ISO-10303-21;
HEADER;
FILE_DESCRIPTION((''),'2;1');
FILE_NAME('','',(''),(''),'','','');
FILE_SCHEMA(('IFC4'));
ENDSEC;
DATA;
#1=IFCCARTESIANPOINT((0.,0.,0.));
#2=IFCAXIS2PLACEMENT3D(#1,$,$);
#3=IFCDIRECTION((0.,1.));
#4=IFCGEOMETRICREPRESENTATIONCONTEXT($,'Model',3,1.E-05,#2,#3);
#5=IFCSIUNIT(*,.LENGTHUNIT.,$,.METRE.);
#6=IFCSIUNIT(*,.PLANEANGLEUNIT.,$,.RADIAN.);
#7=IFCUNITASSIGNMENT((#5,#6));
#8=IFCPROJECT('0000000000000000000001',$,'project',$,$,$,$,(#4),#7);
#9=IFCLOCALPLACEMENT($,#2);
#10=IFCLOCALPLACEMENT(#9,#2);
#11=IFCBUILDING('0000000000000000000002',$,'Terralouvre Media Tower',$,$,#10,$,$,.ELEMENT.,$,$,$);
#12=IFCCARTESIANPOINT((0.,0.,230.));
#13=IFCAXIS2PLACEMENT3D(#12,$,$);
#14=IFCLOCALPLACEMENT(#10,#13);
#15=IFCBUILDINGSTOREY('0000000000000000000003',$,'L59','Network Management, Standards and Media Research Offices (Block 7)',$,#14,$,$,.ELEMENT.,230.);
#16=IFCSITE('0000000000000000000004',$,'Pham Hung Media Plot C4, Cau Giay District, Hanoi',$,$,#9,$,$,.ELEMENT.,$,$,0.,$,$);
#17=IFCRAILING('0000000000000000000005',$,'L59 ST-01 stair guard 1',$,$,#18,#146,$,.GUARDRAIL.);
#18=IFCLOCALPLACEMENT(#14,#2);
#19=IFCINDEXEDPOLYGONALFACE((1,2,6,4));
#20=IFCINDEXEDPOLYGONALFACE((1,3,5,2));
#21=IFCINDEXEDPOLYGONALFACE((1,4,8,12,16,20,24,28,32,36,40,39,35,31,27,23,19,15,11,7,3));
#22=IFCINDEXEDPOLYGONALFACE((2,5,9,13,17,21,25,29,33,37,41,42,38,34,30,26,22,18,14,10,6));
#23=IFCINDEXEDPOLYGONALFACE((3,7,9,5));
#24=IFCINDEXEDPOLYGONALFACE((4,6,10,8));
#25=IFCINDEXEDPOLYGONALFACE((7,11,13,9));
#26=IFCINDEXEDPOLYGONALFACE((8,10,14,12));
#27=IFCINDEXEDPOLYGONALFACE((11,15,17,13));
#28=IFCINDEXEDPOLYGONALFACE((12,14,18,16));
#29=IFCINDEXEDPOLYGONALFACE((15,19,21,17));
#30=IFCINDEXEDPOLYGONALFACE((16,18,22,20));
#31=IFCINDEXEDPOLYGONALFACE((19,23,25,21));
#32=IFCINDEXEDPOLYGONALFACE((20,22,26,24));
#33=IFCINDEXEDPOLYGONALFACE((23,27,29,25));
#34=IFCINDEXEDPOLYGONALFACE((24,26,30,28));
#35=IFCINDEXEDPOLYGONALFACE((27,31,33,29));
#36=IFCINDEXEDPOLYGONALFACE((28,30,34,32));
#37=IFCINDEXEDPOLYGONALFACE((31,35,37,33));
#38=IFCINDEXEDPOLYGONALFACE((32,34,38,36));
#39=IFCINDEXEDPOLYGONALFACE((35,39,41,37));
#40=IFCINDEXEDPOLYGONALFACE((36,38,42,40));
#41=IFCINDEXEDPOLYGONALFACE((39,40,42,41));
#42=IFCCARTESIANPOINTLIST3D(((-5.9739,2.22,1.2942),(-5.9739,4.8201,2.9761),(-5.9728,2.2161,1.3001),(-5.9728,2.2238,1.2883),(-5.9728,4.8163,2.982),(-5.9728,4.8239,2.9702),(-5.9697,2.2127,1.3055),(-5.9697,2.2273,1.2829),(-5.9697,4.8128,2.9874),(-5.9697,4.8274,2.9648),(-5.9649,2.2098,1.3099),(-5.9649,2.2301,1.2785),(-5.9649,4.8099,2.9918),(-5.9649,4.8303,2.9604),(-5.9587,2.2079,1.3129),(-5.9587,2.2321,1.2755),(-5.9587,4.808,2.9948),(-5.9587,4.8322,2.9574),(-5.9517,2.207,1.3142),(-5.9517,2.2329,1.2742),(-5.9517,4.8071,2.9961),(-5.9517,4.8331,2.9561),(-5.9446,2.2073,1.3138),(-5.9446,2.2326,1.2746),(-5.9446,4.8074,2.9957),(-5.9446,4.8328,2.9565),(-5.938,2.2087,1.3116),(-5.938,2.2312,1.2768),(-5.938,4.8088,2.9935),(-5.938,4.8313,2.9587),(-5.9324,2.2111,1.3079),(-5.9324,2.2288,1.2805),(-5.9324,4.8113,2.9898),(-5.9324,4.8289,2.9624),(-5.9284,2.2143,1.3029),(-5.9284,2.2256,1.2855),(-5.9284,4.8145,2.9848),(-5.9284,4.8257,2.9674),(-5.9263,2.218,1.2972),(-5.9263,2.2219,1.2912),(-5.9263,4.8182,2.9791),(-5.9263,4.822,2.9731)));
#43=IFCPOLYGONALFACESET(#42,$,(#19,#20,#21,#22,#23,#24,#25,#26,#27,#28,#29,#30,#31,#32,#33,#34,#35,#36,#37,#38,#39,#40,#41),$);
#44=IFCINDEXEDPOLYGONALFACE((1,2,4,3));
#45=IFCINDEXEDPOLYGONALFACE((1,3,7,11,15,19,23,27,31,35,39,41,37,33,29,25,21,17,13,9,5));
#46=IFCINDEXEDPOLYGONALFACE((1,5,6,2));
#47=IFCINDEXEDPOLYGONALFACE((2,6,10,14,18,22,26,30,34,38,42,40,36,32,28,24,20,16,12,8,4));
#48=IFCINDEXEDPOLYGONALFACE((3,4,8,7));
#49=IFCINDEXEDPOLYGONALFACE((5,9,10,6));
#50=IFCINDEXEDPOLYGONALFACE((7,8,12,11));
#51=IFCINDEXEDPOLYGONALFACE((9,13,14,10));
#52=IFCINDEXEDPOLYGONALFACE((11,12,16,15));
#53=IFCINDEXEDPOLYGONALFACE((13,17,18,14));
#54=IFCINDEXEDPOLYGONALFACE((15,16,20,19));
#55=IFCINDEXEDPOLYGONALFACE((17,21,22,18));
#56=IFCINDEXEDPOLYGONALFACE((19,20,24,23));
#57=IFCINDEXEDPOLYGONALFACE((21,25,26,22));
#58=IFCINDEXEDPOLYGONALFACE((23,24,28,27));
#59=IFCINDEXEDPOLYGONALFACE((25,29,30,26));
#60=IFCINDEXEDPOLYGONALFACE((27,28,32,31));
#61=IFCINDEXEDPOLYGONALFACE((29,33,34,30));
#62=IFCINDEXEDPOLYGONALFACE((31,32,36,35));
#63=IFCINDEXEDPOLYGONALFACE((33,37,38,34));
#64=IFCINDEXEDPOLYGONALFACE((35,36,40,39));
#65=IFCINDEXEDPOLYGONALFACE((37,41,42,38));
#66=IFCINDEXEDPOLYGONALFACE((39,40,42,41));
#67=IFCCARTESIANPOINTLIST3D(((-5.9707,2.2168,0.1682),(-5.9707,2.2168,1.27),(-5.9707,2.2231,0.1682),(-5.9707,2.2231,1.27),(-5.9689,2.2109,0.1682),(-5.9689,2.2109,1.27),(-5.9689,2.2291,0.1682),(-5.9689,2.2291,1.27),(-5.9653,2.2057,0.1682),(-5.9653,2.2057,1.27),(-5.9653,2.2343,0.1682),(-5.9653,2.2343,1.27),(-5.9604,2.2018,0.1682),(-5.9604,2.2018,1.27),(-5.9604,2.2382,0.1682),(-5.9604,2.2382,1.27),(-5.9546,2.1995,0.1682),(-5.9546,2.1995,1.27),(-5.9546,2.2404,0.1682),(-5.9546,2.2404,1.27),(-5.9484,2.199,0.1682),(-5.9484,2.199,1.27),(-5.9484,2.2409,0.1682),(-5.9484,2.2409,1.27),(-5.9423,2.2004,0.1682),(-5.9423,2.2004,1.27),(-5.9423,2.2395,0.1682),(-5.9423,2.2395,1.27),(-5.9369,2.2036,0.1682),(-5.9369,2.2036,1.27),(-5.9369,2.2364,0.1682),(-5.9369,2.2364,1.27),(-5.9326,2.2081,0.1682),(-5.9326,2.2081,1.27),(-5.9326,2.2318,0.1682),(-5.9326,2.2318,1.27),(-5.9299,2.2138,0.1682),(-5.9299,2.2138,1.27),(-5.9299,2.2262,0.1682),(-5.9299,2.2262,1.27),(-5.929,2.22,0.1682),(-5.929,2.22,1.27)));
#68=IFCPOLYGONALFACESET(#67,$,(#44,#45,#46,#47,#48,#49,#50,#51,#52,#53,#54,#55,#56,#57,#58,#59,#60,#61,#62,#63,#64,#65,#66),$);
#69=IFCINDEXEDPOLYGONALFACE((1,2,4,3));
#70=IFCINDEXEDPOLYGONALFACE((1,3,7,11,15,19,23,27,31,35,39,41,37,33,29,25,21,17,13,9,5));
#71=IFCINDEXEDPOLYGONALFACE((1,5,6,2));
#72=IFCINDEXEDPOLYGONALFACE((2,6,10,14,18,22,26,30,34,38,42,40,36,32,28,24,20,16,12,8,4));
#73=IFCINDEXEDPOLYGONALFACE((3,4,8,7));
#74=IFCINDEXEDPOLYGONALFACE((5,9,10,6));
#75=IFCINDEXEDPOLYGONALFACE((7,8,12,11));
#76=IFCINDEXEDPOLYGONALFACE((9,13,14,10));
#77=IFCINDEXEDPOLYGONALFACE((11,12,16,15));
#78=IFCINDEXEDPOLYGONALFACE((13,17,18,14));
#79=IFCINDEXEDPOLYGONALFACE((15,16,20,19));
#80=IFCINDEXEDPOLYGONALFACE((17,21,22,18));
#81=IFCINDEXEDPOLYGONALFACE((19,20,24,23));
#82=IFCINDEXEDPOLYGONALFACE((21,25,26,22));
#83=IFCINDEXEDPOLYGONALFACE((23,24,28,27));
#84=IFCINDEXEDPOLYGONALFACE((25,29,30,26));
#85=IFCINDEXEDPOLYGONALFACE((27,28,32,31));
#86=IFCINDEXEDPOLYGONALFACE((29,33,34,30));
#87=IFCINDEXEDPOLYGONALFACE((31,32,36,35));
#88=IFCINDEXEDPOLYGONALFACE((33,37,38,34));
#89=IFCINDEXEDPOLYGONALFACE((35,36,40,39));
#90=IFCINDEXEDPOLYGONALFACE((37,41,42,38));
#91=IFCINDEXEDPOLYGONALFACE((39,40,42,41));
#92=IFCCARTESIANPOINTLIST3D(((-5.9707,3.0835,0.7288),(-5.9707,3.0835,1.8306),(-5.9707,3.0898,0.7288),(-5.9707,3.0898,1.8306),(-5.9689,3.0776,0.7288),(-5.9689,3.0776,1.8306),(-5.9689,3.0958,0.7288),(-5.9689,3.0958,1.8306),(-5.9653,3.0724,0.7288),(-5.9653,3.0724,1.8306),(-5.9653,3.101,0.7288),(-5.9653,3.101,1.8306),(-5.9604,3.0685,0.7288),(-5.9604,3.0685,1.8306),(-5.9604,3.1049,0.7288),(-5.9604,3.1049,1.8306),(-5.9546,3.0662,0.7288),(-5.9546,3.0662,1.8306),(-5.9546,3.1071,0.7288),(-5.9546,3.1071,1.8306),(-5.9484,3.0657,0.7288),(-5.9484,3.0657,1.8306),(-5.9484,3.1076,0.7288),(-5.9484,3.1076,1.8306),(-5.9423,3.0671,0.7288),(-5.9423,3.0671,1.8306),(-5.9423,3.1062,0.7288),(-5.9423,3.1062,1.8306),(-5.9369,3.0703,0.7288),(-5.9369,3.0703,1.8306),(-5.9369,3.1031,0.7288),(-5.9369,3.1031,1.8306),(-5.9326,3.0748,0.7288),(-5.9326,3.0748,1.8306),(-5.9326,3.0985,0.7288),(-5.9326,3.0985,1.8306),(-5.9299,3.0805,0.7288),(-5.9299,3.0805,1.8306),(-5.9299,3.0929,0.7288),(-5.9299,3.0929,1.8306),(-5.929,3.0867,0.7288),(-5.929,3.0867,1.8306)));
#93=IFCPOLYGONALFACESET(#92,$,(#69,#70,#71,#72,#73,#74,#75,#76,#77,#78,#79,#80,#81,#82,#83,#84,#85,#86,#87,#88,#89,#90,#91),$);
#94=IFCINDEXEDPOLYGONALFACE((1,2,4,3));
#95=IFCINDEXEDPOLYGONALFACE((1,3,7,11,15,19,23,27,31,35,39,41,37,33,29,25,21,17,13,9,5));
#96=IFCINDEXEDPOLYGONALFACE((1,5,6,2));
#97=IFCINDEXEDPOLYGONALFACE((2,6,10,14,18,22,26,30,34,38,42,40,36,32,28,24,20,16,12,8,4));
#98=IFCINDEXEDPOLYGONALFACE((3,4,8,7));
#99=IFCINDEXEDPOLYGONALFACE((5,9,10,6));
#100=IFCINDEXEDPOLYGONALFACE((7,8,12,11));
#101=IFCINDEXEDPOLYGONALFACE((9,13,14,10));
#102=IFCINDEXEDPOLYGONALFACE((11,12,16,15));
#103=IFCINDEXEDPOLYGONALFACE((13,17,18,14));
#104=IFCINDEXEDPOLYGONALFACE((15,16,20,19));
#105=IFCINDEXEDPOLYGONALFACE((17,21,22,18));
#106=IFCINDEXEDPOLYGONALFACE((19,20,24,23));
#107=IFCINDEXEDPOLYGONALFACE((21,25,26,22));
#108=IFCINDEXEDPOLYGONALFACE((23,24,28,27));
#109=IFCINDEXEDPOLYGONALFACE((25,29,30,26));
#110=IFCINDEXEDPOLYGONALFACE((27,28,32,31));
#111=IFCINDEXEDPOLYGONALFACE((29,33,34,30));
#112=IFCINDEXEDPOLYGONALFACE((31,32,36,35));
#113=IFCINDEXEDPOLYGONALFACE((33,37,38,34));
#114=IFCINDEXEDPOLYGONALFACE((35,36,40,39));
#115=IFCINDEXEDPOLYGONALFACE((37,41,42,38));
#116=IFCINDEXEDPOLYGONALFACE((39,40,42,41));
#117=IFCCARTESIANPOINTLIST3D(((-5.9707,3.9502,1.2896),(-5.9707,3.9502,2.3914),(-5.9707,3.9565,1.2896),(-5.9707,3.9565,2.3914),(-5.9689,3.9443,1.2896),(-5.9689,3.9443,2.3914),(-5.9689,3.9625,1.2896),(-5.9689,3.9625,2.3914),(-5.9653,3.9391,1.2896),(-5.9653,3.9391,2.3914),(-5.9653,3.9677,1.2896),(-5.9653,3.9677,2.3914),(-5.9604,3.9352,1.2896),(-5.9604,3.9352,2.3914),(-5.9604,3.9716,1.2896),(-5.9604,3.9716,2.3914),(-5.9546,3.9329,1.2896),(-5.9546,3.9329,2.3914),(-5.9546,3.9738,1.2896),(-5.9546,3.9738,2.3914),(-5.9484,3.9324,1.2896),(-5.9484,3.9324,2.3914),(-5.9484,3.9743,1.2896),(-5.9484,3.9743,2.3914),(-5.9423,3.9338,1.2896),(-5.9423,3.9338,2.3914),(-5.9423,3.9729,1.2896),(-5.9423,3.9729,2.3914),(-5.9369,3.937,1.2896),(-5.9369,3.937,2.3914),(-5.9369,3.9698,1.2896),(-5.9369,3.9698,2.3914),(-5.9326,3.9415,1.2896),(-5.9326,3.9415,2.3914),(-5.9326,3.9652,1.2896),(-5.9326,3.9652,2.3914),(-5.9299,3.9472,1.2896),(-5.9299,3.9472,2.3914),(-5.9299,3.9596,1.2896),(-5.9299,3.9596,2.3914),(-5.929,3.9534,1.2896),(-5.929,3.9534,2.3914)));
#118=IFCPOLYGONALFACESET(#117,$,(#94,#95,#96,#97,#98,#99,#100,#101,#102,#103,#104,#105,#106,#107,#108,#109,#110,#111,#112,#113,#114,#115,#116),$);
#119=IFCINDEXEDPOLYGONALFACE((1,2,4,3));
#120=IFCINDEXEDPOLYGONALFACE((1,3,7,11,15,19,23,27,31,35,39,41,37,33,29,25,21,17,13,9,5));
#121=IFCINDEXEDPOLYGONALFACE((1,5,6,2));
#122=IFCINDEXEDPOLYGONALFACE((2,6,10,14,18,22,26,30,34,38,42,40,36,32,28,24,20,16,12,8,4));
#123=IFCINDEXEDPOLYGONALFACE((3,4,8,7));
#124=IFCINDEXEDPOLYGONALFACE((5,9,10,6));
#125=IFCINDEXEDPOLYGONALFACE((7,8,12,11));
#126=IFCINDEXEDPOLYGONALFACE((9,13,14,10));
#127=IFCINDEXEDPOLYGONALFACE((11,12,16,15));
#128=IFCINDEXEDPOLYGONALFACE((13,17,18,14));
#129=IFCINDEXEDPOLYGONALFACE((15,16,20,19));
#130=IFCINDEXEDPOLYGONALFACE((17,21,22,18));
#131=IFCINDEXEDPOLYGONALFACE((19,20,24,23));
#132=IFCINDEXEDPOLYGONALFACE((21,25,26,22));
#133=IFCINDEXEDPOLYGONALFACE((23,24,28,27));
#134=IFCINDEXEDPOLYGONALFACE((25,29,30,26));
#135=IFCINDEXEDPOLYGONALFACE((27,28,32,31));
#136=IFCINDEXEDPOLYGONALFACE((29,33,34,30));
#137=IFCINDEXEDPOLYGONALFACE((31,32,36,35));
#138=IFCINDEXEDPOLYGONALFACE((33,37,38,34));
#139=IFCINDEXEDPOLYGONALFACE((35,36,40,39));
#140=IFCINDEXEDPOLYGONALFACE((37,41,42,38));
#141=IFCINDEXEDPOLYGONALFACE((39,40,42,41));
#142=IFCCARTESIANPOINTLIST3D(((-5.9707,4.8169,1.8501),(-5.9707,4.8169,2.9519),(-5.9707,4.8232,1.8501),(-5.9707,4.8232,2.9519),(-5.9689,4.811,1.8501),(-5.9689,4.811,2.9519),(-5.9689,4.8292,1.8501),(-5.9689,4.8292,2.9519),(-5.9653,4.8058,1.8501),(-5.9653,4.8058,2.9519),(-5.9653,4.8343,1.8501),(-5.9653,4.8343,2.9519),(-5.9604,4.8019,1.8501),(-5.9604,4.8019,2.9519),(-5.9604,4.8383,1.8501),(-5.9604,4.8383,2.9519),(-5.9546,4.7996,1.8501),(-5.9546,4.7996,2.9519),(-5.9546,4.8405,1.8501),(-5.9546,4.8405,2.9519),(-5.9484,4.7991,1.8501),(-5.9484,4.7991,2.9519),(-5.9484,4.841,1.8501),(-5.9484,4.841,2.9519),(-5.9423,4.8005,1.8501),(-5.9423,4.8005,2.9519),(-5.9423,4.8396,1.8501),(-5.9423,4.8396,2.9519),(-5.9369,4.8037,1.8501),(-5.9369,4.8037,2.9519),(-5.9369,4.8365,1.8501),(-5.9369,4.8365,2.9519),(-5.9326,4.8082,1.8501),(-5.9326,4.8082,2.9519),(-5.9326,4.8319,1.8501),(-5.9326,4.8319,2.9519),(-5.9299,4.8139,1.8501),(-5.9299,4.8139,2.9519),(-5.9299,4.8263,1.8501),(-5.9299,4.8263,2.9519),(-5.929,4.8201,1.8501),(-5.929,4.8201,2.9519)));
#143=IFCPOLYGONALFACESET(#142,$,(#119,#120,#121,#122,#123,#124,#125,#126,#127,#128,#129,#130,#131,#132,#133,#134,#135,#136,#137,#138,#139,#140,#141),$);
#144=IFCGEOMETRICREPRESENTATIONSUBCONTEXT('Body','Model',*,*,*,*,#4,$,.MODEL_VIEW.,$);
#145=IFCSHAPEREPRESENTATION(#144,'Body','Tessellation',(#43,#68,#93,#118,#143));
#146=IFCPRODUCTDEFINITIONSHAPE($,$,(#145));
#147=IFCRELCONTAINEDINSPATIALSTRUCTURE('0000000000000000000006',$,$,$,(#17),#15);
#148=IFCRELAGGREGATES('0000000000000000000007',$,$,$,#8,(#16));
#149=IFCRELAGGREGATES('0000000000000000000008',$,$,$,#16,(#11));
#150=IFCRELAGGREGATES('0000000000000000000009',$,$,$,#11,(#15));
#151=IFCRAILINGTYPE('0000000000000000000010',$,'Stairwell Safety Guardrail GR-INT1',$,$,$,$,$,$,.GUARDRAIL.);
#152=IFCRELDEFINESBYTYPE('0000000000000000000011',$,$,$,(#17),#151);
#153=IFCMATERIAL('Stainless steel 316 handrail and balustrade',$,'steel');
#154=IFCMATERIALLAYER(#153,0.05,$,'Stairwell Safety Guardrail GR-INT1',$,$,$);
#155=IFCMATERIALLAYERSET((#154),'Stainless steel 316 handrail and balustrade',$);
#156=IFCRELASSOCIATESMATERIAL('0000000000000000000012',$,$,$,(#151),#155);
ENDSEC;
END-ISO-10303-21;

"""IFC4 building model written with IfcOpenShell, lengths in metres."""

from ifc_helpers import new_model, si_unit, direction, frame, origin, origin_2d, place, context, subcontext, project, spatial, circle, extrude, material, layer, layer_set, type_object, element, save


model = new_model("IFC4")

# Units and contexts
model_context = context("Model", 3, precision=1e-05, world=origin(), true_north=direction((0.0, 1.0)))
body_context = subcontext(model_context, "Body", "Model", "MODEL_VIEW")
ifc_project = project(units=[si_unit("LENGTHUNIT", "METRE"), si_unit("PLANEANGLEUNIT", "RADIAN")], contexts=[model_context])

# Site, building, storey
site_placement = place(None, origin())
site = spatial("IfcSite", under=ifc_project, at=site_placement, Name="Pham Hung Media Plot C4, Cau Giay District, Hanoi", CompositionType="ELEMENT", RefElevation=0.0)
building_placement = place(site_placement, origin())
building = spatial("IfcBuilding", under=site, at=building_placement, Name="Terralouvre Media Tower", CompositionType="ELEMENT")
storey_placement = place(building_placement, frame((0.0, 0.0, 230.0)))
storey = spatial("IfcBuildingStorey", under=building, at=storey_placement, Name="L59", Description="Network Management, Standards and Media Research Offices (Block 7)", CompositionType="ELEMENT", Elevation=230.0)

# Railing
ifc_material_1 = material(Name="Stainless steel 316 handrail and balustrade", Category="steel")
ifc_layer_1 = layer(ifc_material_1, 0.05, Name="Stairwell Safety Guardrail GR-INT1")
ifc_layer_set_1 = layer_set([ifc_layer_1], Name="Stainless steel 316 handrail and balustrade")
railing_type_1 = type_object("IfcRailingType", Name="Stairwell Safety Guardrail GR-INT1", PredefinedType="GUARDRAIL", material=ifc_layer_set_1)
railing_1_placement = place(storey_placement, frame((-5.95, 2.22, 0.1682)))
element("IfcRailing", 1, at=railing_1_placement, inside=storey, type_object=railing_type_1, Name="L59 ST-01 stair guard 1", PredefinedType="GUARDRAIL", context=body_context, shape_type="SweptSolid", body=[
    extrude(circle(Radius=0.0239, at=origin_2d()), frame((0.0, 0.0, 1.126), z_axis=(0.0, 0.839648, 0.54313), x_axis=(-1.0, 0.0, 0.0)), (0.0, 0.0, 1.0), 3.0967),
    extrude(circle(Radius=0.021, at=origin_2d()), origin(), (0.0, 0.0, 1.0), 1.1018),
    extrude(circle(Radius=0.021, at=origin_2d()), frame((0.0, 0.8667, 0.5605)), (0.0, 0.0, 1.0), 1.1018),
    extrude(circle(Radius=0.021, at=origin_2d()), frame((0.0, 1.7334, 1.1213)), (0.0, 0.0, 1.0), 1.1018),
    extrude(circle(Radius=0.021, at=origin_2d()), frame((0.0, 2.6001, 1.6819)), (0.0, 0.0, 1.0), 1.1018),
])

save(model, "model.ifc")
